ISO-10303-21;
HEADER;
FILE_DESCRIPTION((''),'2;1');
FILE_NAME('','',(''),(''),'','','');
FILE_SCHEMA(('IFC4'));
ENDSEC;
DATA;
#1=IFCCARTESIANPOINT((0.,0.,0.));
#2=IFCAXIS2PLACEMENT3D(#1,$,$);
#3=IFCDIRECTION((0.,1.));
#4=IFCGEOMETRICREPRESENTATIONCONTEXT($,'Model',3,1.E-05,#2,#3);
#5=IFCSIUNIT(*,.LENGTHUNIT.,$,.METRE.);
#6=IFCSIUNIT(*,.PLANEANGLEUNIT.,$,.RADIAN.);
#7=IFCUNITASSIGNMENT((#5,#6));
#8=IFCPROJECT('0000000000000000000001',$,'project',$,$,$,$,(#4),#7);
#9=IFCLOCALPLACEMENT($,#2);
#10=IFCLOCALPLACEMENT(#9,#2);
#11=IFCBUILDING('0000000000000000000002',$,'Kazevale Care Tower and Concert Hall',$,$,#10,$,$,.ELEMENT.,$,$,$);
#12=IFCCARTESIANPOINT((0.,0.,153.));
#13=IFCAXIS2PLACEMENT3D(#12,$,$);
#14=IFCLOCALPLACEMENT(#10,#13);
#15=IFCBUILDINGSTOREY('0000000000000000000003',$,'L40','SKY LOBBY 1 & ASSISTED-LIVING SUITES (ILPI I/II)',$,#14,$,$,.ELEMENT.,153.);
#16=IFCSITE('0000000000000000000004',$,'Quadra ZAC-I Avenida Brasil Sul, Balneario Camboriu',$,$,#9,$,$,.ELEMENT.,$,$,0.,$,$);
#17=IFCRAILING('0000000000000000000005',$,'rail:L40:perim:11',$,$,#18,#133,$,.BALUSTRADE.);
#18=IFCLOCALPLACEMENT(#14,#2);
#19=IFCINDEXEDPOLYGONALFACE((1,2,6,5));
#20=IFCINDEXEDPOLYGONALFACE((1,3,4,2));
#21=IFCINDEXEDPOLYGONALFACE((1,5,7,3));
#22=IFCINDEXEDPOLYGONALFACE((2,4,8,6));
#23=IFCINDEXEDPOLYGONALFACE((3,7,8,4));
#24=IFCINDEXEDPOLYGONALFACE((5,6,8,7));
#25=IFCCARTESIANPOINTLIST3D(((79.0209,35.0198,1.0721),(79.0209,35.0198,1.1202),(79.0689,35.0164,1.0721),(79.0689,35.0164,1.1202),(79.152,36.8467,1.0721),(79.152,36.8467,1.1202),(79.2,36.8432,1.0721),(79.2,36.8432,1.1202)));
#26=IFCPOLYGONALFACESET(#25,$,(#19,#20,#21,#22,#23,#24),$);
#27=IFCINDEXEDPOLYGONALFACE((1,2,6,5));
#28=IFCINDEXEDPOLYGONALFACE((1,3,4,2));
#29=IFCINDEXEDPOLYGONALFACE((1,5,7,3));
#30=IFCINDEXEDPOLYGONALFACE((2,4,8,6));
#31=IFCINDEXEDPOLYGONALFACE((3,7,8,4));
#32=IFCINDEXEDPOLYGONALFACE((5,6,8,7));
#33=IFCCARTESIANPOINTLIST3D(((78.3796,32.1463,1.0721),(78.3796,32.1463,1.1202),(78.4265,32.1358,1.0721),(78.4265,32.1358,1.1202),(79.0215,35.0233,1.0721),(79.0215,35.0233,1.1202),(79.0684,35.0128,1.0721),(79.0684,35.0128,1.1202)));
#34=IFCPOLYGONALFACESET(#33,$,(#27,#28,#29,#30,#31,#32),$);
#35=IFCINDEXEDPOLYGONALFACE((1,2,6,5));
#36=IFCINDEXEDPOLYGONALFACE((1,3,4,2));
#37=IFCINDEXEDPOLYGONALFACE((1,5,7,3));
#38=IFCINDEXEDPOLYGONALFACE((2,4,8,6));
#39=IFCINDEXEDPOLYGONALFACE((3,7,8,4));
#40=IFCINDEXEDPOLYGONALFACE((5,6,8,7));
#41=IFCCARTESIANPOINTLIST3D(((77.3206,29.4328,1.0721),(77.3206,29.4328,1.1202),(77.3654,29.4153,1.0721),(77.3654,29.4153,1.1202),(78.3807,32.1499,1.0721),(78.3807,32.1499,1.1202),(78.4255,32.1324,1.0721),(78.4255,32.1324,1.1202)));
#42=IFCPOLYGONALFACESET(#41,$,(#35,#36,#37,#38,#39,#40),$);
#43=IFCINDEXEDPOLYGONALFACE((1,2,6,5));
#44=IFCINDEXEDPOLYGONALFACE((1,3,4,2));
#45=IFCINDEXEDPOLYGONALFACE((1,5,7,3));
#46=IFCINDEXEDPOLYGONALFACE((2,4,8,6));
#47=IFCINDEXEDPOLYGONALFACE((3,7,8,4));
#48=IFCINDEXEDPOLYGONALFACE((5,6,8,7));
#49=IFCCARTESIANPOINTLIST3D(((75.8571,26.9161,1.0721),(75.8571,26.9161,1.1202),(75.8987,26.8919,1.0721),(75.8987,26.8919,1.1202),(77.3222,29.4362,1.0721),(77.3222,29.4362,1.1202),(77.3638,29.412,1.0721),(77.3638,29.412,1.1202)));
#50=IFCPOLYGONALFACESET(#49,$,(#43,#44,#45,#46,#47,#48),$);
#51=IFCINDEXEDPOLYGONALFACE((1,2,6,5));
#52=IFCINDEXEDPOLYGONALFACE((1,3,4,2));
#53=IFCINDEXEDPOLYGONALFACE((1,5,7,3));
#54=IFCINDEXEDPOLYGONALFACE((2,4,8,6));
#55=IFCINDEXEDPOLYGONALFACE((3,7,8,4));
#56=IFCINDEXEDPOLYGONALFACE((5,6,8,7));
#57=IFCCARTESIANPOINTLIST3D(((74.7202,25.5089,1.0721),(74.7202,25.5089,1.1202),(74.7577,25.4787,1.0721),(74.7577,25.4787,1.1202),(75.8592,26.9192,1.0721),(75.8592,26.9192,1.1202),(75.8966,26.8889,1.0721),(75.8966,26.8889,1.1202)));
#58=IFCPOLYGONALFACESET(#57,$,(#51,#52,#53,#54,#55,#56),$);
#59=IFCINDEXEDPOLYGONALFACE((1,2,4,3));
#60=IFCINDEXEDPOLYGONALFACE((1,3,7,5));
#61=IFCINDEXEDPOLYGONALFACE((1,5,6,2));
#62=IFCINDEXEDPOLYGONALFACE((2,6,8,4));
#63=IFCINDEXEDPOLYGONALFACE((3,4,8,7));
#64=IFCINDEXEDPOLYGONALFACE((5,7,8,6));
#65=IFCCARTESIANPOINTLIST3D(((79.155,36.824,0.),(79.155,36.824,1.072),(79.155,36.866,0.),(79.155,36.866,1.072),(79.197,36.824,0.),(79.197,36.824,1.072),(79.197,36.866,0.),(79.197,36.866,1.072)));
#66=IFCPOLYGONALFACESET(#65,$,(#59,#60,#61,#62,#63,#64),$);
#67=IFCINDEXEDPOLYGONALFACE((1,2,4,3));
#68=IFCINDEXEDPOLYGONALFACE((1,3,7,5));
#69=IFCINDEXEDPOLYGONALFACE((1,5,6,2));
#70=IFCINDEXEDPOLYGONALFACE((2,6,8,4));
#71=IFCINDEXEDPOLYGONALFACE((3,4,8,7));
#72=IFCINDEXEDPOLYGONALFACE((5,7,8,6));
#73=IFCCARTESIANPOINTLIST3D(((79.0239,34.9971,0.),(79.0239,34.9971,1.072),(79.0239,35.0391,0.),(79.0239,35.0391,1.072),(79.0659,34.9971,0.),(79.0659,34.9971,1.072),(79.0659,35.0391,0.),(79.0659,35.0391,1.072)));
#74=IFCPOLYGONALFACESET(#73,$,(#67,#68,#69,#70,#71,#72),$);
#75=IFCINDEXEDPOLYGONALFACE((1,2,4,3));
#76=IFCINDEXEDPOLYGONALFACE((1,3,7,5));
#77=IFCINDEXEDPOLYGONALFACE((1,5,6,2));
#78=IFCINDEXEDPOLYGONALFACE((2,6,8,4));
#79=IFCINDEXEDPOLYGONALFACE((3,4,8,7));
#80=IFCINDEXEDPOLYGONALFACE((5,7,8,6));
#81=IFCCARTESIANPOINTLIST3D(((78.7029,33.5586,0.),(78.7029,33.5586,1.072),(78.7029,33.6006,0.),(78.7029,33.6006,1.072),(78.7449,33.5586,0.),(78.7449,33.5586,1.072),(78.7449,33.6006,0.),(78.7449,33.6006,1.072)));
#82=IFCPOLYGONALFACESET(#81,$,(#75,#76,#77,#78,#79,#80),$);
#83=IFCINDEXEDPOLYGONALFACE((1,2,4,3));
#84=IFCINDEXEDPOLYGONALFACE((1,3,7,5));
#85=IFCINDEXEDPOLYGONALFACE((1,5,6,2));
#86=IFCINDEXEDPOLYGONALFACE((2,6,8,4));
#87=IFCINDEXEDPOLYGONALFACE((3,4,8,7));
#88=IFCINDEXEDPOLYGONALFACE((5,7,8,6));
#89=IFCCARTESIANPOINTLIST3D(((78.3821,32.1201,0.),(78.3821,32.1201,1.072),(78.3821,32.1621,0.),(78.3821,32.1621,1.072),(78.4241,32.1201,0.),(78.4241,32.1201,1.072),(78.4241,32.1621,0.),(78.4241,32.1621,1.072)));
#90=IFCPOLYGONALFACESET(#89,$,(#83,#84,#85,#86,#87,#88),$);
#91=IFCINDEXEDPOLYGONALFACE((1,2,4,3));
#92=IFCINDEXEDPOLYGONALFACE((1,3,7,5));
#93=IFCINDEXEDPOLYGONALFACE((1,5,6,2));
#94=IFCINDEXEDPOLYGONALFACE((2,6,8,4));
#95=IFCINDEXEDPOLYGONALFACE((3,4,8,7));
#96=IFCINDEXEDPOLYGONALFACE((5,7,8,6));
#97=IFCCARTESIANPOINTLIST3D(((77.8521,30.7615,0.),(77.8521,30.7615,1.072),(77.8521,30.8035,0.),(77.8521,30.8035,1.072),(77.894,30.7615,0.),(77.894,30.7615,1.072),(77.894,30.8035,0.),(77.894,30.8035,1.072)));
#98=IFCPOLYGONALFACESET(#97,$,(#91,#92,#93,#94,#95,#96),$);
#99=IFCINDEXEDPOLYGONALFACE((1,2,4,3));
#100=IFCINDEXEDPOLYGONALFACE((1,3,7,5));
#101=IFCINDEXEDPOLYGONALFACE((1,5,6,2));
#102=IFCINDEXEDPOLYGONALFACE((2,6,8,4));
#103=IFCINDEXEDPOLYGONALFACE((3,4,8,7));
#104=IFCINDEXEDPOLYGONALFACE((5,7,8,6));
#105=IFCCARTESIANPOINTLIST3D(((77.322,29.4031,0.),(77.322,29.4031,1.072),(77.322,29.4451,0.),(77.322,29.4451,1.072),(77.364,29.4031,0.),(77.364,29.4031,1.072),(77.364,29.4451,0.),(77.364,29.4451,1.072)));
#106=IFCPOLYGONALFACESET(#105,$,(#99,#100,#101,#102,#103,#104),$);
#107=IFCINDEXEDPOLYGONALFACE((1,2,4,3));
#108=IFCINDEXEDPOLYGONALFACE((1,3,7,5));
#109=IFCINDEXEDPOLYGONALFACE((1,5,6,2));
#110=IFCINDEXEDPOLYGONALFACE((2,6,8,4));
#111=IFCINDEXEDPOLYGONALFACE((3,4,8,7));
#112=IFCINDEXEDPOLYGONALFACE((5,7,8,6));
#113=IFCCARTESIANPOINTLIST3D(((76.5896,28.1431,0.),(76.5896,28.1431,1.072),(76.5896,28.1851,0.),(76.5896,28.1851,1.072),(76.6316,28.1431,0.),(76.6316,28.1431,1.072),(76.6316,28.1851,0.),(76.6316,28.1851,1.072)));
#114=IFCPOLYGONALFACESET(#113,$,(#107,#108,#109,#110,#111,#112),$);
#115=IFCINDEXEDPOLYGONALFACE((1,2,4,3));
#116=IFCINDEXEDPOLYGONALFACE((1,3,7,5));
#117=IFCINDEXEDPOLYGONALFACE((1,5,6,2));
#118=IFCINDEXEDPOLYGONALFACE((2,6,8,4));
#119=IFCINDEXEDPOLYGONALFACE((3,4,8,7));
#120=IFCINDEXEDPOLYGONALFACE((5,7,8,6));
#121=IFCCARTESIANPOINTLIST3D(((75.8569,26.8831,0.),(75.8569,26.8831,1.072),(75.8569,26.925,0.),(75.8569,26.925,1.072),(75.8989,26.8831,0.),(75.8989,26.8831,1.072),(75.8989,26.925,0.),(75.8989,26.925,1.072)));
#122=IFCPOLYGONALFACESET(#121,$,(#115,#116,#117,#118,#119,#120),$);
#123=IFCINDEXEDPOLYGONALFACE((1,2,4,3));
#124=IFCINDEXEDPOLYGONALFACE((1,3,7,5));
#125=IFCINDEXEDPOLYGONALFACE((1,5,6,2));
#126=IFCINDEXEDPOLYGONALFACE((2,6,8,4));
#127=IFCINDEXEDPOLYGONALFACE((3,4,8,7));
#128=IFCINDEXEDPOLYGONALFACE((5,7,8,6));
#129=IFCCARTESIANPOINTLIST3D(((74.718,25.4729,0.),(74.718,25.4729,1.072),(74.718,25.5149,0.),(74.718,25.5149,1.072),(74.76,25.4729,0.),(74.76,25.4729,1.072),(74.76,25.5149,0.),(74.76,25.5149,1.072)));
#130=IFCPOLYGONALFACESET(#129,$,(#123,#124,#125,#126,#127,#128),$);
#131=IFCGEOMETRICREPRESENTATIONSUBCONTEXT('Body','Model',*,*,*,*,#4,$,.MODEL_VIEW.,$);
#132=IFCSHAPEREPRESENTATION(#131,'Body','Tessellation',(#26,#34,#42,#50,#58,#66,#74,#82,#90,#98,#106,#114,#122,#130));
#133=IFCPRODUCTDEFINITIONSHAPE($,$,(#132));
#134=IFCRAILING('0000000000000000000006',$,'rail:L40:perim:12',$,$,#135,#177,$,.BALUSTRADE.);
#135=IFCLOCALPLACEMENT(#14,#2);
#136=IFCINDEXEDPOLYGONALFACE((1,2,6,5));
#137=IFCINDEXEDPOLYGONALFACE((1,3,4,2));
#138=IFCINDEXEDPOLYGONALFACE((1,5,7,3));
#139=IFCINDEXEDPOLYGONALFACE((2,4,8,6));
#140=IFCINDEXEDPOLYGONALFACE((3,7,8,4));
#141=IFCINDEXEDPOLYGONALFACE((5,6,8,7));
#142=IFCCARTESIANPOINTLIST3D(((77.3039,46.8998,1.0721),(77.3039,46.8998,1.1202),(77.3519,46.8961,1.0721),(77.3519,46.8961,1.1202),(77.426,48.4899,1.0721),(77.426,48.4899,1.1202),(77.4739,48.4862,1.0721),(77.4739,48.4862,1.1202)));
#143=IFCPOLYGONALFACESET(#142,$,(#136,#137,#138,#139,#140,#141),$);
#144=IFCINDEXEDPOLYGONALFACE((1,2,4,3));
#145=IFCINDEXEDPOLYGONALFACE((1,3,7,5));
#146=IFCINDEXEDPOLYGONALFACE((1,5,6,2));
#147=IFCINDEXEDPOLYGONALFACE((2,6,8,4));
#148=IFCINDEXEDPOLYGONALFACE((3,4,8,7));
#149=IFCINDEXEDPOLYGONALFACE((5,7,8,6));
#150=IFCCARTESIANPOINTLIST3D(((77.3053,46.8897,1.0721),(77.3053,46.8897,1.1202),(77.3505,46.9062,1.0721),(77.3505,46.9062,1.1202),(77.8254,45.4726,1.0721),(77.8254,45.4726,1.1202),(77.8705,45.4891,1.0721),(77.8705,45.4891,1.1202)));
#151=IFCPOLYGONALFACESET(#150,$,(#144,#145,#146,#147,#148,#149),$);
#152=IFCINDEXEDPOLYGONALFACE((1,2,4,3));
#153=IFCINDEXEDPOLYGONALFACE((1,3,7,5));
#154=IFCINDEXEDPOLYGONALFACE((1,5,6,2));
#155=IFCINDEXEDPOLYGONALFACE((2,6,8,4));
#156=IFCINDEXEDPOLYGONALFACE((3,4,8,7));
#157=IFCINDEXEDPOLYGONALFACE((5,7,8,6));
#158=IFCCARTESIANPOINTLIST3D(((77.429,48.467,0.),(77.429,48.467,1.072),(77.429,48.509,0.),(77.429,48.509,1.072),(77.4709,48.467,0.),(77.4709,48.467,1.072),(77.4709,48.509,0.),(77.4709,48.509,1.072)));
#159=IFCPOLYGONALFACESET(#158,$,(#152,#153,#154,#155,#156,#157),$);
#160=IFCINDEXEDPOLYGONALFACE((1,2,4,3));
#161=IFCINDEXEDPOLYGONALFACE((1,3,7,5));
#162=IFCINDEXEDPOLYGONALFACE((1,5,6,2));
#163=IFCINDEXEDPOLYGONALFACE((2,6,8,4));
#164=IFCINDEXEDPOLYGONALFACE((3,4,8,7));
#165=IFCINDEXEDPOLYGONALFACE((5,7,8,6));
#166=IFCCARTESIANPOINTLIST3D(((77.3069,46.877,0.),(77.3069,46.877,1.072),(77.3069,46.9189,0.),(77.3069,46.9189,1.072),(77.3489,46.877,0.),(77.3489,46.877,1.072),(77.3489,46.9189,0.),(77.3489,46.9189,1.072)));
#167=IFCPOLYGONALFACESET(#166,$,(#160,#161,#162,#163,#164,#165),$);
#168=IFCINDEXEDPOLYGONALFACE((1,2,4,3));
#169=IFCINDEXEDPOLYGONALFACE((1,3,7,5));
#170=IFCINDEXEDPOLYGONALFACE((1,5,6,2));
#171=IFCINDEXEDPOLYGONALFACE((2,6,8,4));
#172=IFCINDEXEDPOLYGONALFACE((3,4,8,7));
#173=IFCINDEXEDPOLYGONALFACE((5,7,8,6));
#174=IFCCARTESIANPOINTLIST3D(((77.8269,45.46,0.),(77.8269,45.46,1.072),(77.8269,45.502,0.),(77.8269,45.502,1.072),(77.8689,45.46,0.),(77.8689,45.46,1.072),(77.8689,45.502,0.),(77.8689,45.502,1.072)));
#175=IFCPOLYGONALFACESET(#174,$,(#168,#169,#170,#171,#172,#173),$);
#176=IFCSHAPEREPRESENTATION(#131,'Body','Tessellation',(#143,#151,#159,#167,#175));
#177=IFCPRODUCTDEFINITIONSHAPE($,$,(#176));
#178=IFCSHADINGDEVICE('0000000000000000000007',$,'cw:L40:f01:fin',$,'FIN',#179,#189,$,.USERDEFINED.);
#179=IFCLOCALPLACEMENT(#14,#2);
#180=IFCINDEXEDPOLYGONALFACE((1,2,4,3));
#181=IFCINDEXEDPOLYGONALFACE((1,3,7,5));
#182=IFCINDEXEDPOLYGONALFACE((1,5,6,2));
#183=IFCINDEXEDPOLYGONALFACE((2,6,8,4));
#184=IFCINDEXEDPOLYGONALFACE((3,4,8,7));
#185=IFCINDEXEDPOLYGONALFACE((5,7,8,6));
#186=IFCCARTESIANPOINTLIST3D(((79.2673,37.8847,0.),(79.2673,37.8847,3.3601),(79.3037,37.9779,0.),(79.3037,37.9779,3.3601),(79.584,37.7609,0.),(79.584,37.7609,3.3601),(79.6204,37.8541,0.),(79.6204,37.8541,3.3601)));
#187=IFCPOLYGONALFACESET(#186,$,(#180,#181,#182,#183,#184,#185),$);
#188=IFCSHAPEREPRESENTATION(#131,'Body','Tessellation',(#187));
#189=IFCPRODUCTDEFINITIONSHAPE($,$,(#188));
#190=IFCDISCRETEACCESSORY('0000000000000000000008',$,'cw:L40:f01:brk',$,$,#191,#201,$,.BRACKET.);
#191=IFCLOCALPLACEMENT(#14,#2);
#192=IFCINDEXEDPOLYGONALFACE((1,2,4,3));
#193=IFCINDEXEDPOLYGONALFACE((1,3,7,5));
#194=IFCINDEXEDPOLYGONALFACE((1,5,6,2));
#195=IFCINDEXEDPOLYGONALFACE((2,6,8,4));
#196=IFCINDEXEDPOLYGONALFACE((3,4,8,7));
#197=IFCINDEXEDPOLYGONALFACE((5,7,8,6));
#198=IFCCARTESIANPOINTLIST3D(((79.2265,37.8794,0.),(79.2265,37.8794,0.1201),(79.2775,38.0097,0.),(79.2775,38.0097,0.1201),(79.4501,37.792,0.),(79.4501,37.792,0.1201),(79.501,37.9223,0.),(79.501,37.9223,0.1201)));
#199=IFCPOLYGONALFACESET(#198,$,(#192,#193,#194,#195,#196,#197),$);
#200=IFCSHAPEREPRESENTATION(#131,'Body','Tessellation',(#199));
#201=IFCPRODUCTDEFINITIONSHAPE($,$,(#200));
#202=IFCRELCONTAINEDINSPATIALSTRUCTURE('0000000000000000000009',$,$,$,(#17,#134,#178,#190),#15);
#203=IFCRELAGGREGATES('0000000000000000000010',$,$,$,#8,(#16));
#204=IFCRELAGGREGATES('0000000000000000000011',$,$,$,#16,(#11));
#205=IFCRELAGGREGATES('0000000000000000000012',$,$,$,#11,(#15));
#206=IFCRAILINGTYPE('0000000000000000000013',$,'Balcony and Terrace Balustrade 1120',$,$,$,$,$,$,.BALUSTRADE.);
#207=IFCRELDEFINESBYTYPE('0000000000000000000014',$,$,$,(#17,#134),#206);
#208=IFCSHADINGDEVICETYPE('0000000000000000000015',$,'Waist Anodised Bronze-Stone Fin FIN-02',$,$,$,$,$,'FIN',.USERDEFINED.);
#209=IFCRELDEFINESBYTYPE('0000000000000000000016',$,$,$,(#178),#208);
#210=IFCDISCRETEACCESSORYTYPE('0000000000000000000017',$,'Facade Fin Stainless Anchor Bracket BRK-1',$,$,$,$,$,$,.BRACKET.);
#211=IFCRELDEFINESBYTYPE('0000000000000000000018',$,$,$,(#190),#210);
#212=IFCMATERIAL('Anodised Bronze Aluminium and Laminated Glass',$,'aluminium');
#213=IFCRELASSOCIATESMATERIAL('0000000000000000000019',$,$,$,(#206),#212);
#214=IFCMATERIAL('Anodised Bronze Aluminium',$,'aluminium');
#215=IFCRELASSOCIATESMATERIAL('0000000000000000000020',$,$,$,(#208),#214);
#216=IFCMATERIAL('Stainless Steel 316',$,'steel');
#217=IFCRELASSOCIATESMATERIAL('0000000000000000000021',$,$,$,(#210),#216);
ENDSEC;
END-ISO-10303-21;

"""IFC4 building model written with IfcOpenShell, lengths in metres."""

from ifc_helpers import new_model, si_unit, direction, frame, origin, origin_2d, place, context, subcontext, project, spatial, rectangle, extrude, material, type_object, element, save


model = new_model("IFC4")

# Units and contexts
model_context = context("Model", 3, precision=1e-05, world=origin(), true_north=direction((0.0, 1.0)))
body_context = subcontext(model_context, "Body", "Model", "MODEL_VIEW")
ifc_project = project(units=[si_unit("LENGTHUNIT", "METRE"), si_unit("PLANEANGLEUNIT", "RADIAN")], contexts=[model_context])

# Site, building, storey
site_placement = place(None, origin())
site = spatial("IfcSite", under=ifc_project, at=site_placement, Name="Quadra ZAC-I Avenida Brasil Sul, Balneario Camboriu", CompositionType="ELEMENT", RefElevation=0.0)
building_placement = place(site_placement, origin())
building = spatial("IfcBuilding", under=site, at=building_placement, Name="Kazevale Care Tower and Concert Hall", CompositionType="ELEMENT")
storey_placement = place(building_placement, frame((0.0, 0.0, 153.0)))
storey = spatial("IfcBuildingStorey", under=building, at=storey_placement, Name="L40", Description="SKY LOBBY 1 & ASSISTED-LIVING SUITES (ILPI I/II)", CompositionType="ELEMENT", Elevation=153.0)

# Railings
ifc_material_1 = material(Name="Anodised Bronze Aluminium and Laminated Glass", Category="aluminium")
railing_type = type_object("IfcRailingType", Name="Balcony and Terrace Balustrade 1120", PredefinedType="BALUSTRADE", material=ifc_material_1)
railing_1_placement = place(storey_placement, frame((79.176, 36.845, 0.0)))
element("IfcRailing", 1, at=railing_1_placement, inside=storey, type_object=railing_type, Name="rail:L40:perim:11", PredefinedType="BALUSTRADE", context=body_context, shape_type="SweptSolid", body=[
    extrude(rectangle(XDim=0.0481, YDim=0.0481, at=origin_2d()), frame((0.0, 0.0, 1.0962), z_axis=(-0.071579, -0.997435, 0.0), x_axis=(0.997435, -0.071579, 0.0)), (0.0, 0.0, 1.0), 1.8315),
    extrude(rectangle(XDim=0.0481, YDim=0.0481, at=origin_2d()), frame((-0.1311, -1.8269, 1.0962), z_axis=(-0.217746, -0.976005, 0.0), x_axis=(0.976005, -0.217746, 0.0)), (0.0, 0.0, 1.0), 2.9478),
    extrude(rectangle(XDim=0.0481, YDim=0.0481, at=origin_2d()), frame((-0.7729, -4.7039, 1.0962), z_axis=(-0.363468, -0.931607, 0.0), x_axis=(0.931607, -0.363468, 0.0)), (0.0, 0.0, 1.0), 2.9165),
    extrude(rectangle(XDim=0.0481, YDim=0.0481, at=origin_2d()), frame((-1.833, -7.4209, 1.0962), z_axis=(-0.50261, -0.864513, 0.0), x_axis=(0.864513, -0.50261, 0.0)), (0.0, 0.0, 1.0), 2.915),
    extrude(rectangle(XDim=0.0481, YDim=0.0481, at=origin_2d()), frame((-3.2981, -9.9409, 1.0962), z_axis=(-0.628318, -0.777956, 0.0), x_axis=(0.777956, -0.628318, 0.0)), (0.0, 0.0, 1.0), 1.8127),
    extrude(rectangle(XDim=0.042, YDim=0.042, at=origin_2d()), origin(), (0.0, 0.0, 1.0), 1.072),
    extrude(rectangle(XDim=0.042, YDim=0.042, at=origin_2d()), frame((-0.1311, -1.8269, 0.0)), (0.0, 0.0, 1.0), 1.072),
    extrude(rectangle(XDim=0.042, YDim=0.042, at=origin_2d()), frame((-0.4521, -3.2654, 0.0)), (0.0, 0.0, 1.0), 1.072),
    extrude(rectangle(XDim=0.042, YDim=0.042, at=origin_2d()), frame((-0.7729, -4.7039, 0.0)), (0.0, 0.0, 1.0), 1.072),
    extrude(rectangle(XDim=0.042, YDim=0.042, at=origin_2d()), frame((-1.303, -6.0625, 0.0)), (0.0, 0.0, 1.0), 1.072),
    extrude(rectangle(XDim=0.042, YDim=0.042, at=origin_2d()), frame((-1.833, -7.4209, 0.0)), (0.0, 0.0, 1.0), 1.072),
    extrude(rectangle(XDim=0.042, YDim=0.042, at=origin_2d()), frame((-2.5654, -8.6809, 0.0)), (0.0, 0.0, 1.0), 1.072),
    extrude(rectangle(XDim=0.042, YDim=0.042, at=origin_2d()), frame((-3.2981, -9.9409, 0.0)), (0.0, 0.0, 1.0), 1.072),
    extrude(rectangle(XDim=0.042, YDim=0.042, at=origin_2d()), frame((-4.437, -11.3511, 0.0)), (0.0, 0.0, 1.0), 1.072),
])
railing_2_placement = place(storey_placement, frame((77.45, 48.488, 0.0)))
element("IfcRailing", 2, at=railing_2_placement, inside=storey, type_object=railing_type, Name="rail:L40:perim:12", PredefinedType="BALUSTRADE", context=body_context, shape_type="SweptSolid", body=[
    extrude(rectangle(XDim=0.0481, YDim=0.0481, at=origin_2d()), frame((0.0, 0.0, 1.0962), z_axis=(-0.076544, -0.997066, 0.0), x_axis=(0.997066, -0.076544, 0.0)), (0.0, 0.0, 1.0), 1.5947),
    extrude(rectangle(XDim=0.0481, YDim=0.0481, at=origin_2d()), frame((-0.1221, -1.5901, 1.0962), z_axis=(0.344521, -0.938779, 0.0), x_axis=(0.938779, 0.344521, 0.0)), (0.0, 0.0, 1.0), 1.5095),
    extrude(rectangle(XDim=0.042, YDim=0.042, at=origin_2d()), origin(), (0.0, 0.0, 1.0), 1.072),
    extrude(rectangle(XDim=0.042, YDim=0.042, at=origin_2d()), frame((-0.1221, -1.5901, 0.0)), (0.0, 0.0, 1.0), 1.072),
    extrude(rectangle(XDim=0.042, YDim=0.042, at=origin_2d()), frame((0.3979, -3.0071, 0.0)), (0.0, 0.0, 1.0), 1.072),
])

# Shading device
ifc_material_2 = material(Name="Anodised Bronze Aluminium", Category="aluminium")
shading_device_type = type_object("IfcShadingDeviceType", Name="Waist Anodised Bronze-Stone Fin FIN-02", ElementType="FIN", PredefinedType="USERDEFINED", material=ifc_material_2)
shading_device_placement = place(storey_placement, frame((79.4438, 37.8694, 0.0), z_axis=(0.0, 0.0, 1.0), x_axis=(0.931374, -0.364064, 0.0)))
element("IfcShadingDevice", 3, at=shading_device_placement, inside=storey, type_object=shading_device_type, Name="cw:L40:f01:fin", ObjectType="FIN", PredefinedType="USERDEFINED", context=body_context, shape_type="SweptSolid", body=[
    extrude(rectangle(XDim=0.3401, YDim=0.1001, at=origin_2d()), origin(), (0.0, 0.0, 1.0), 3.3601),
])

# Discrete accessory
ifc_material_3 = material(Name="Stainless Steel 316", Category="steel")
discrete_accessory_type = type_object("IfcDiscreteAccessoryType", Name="Facade Fin Stainless Anchor Bracket BRK-1", PredefinedType="BRACKET", material=ifc_material_3)
discrete_accessory_placement = place(storey_placement, frame((79.3638, 37.9009, 0.0), z_axis=(0.0, 0.0, 1.0), x_axis=(0.931374, -0.364064, 0.0)))
element("IfcDiscreteAccessory", 4, at=discrete_accessory_placement, inside=storey, type_object=discrete_accessory_type, Name="cw:L40:f01:brk", PredefinedType="BRACKET", context=body_context, shape_type="SweptSolid", body=[
    extrude(rectangle(XDim=0.24, YDim=0.1399, at=origin_2d()), origin(), (0.0, 0.0, 1.0), 0.1201),
])

save(model, "model.ifc")
